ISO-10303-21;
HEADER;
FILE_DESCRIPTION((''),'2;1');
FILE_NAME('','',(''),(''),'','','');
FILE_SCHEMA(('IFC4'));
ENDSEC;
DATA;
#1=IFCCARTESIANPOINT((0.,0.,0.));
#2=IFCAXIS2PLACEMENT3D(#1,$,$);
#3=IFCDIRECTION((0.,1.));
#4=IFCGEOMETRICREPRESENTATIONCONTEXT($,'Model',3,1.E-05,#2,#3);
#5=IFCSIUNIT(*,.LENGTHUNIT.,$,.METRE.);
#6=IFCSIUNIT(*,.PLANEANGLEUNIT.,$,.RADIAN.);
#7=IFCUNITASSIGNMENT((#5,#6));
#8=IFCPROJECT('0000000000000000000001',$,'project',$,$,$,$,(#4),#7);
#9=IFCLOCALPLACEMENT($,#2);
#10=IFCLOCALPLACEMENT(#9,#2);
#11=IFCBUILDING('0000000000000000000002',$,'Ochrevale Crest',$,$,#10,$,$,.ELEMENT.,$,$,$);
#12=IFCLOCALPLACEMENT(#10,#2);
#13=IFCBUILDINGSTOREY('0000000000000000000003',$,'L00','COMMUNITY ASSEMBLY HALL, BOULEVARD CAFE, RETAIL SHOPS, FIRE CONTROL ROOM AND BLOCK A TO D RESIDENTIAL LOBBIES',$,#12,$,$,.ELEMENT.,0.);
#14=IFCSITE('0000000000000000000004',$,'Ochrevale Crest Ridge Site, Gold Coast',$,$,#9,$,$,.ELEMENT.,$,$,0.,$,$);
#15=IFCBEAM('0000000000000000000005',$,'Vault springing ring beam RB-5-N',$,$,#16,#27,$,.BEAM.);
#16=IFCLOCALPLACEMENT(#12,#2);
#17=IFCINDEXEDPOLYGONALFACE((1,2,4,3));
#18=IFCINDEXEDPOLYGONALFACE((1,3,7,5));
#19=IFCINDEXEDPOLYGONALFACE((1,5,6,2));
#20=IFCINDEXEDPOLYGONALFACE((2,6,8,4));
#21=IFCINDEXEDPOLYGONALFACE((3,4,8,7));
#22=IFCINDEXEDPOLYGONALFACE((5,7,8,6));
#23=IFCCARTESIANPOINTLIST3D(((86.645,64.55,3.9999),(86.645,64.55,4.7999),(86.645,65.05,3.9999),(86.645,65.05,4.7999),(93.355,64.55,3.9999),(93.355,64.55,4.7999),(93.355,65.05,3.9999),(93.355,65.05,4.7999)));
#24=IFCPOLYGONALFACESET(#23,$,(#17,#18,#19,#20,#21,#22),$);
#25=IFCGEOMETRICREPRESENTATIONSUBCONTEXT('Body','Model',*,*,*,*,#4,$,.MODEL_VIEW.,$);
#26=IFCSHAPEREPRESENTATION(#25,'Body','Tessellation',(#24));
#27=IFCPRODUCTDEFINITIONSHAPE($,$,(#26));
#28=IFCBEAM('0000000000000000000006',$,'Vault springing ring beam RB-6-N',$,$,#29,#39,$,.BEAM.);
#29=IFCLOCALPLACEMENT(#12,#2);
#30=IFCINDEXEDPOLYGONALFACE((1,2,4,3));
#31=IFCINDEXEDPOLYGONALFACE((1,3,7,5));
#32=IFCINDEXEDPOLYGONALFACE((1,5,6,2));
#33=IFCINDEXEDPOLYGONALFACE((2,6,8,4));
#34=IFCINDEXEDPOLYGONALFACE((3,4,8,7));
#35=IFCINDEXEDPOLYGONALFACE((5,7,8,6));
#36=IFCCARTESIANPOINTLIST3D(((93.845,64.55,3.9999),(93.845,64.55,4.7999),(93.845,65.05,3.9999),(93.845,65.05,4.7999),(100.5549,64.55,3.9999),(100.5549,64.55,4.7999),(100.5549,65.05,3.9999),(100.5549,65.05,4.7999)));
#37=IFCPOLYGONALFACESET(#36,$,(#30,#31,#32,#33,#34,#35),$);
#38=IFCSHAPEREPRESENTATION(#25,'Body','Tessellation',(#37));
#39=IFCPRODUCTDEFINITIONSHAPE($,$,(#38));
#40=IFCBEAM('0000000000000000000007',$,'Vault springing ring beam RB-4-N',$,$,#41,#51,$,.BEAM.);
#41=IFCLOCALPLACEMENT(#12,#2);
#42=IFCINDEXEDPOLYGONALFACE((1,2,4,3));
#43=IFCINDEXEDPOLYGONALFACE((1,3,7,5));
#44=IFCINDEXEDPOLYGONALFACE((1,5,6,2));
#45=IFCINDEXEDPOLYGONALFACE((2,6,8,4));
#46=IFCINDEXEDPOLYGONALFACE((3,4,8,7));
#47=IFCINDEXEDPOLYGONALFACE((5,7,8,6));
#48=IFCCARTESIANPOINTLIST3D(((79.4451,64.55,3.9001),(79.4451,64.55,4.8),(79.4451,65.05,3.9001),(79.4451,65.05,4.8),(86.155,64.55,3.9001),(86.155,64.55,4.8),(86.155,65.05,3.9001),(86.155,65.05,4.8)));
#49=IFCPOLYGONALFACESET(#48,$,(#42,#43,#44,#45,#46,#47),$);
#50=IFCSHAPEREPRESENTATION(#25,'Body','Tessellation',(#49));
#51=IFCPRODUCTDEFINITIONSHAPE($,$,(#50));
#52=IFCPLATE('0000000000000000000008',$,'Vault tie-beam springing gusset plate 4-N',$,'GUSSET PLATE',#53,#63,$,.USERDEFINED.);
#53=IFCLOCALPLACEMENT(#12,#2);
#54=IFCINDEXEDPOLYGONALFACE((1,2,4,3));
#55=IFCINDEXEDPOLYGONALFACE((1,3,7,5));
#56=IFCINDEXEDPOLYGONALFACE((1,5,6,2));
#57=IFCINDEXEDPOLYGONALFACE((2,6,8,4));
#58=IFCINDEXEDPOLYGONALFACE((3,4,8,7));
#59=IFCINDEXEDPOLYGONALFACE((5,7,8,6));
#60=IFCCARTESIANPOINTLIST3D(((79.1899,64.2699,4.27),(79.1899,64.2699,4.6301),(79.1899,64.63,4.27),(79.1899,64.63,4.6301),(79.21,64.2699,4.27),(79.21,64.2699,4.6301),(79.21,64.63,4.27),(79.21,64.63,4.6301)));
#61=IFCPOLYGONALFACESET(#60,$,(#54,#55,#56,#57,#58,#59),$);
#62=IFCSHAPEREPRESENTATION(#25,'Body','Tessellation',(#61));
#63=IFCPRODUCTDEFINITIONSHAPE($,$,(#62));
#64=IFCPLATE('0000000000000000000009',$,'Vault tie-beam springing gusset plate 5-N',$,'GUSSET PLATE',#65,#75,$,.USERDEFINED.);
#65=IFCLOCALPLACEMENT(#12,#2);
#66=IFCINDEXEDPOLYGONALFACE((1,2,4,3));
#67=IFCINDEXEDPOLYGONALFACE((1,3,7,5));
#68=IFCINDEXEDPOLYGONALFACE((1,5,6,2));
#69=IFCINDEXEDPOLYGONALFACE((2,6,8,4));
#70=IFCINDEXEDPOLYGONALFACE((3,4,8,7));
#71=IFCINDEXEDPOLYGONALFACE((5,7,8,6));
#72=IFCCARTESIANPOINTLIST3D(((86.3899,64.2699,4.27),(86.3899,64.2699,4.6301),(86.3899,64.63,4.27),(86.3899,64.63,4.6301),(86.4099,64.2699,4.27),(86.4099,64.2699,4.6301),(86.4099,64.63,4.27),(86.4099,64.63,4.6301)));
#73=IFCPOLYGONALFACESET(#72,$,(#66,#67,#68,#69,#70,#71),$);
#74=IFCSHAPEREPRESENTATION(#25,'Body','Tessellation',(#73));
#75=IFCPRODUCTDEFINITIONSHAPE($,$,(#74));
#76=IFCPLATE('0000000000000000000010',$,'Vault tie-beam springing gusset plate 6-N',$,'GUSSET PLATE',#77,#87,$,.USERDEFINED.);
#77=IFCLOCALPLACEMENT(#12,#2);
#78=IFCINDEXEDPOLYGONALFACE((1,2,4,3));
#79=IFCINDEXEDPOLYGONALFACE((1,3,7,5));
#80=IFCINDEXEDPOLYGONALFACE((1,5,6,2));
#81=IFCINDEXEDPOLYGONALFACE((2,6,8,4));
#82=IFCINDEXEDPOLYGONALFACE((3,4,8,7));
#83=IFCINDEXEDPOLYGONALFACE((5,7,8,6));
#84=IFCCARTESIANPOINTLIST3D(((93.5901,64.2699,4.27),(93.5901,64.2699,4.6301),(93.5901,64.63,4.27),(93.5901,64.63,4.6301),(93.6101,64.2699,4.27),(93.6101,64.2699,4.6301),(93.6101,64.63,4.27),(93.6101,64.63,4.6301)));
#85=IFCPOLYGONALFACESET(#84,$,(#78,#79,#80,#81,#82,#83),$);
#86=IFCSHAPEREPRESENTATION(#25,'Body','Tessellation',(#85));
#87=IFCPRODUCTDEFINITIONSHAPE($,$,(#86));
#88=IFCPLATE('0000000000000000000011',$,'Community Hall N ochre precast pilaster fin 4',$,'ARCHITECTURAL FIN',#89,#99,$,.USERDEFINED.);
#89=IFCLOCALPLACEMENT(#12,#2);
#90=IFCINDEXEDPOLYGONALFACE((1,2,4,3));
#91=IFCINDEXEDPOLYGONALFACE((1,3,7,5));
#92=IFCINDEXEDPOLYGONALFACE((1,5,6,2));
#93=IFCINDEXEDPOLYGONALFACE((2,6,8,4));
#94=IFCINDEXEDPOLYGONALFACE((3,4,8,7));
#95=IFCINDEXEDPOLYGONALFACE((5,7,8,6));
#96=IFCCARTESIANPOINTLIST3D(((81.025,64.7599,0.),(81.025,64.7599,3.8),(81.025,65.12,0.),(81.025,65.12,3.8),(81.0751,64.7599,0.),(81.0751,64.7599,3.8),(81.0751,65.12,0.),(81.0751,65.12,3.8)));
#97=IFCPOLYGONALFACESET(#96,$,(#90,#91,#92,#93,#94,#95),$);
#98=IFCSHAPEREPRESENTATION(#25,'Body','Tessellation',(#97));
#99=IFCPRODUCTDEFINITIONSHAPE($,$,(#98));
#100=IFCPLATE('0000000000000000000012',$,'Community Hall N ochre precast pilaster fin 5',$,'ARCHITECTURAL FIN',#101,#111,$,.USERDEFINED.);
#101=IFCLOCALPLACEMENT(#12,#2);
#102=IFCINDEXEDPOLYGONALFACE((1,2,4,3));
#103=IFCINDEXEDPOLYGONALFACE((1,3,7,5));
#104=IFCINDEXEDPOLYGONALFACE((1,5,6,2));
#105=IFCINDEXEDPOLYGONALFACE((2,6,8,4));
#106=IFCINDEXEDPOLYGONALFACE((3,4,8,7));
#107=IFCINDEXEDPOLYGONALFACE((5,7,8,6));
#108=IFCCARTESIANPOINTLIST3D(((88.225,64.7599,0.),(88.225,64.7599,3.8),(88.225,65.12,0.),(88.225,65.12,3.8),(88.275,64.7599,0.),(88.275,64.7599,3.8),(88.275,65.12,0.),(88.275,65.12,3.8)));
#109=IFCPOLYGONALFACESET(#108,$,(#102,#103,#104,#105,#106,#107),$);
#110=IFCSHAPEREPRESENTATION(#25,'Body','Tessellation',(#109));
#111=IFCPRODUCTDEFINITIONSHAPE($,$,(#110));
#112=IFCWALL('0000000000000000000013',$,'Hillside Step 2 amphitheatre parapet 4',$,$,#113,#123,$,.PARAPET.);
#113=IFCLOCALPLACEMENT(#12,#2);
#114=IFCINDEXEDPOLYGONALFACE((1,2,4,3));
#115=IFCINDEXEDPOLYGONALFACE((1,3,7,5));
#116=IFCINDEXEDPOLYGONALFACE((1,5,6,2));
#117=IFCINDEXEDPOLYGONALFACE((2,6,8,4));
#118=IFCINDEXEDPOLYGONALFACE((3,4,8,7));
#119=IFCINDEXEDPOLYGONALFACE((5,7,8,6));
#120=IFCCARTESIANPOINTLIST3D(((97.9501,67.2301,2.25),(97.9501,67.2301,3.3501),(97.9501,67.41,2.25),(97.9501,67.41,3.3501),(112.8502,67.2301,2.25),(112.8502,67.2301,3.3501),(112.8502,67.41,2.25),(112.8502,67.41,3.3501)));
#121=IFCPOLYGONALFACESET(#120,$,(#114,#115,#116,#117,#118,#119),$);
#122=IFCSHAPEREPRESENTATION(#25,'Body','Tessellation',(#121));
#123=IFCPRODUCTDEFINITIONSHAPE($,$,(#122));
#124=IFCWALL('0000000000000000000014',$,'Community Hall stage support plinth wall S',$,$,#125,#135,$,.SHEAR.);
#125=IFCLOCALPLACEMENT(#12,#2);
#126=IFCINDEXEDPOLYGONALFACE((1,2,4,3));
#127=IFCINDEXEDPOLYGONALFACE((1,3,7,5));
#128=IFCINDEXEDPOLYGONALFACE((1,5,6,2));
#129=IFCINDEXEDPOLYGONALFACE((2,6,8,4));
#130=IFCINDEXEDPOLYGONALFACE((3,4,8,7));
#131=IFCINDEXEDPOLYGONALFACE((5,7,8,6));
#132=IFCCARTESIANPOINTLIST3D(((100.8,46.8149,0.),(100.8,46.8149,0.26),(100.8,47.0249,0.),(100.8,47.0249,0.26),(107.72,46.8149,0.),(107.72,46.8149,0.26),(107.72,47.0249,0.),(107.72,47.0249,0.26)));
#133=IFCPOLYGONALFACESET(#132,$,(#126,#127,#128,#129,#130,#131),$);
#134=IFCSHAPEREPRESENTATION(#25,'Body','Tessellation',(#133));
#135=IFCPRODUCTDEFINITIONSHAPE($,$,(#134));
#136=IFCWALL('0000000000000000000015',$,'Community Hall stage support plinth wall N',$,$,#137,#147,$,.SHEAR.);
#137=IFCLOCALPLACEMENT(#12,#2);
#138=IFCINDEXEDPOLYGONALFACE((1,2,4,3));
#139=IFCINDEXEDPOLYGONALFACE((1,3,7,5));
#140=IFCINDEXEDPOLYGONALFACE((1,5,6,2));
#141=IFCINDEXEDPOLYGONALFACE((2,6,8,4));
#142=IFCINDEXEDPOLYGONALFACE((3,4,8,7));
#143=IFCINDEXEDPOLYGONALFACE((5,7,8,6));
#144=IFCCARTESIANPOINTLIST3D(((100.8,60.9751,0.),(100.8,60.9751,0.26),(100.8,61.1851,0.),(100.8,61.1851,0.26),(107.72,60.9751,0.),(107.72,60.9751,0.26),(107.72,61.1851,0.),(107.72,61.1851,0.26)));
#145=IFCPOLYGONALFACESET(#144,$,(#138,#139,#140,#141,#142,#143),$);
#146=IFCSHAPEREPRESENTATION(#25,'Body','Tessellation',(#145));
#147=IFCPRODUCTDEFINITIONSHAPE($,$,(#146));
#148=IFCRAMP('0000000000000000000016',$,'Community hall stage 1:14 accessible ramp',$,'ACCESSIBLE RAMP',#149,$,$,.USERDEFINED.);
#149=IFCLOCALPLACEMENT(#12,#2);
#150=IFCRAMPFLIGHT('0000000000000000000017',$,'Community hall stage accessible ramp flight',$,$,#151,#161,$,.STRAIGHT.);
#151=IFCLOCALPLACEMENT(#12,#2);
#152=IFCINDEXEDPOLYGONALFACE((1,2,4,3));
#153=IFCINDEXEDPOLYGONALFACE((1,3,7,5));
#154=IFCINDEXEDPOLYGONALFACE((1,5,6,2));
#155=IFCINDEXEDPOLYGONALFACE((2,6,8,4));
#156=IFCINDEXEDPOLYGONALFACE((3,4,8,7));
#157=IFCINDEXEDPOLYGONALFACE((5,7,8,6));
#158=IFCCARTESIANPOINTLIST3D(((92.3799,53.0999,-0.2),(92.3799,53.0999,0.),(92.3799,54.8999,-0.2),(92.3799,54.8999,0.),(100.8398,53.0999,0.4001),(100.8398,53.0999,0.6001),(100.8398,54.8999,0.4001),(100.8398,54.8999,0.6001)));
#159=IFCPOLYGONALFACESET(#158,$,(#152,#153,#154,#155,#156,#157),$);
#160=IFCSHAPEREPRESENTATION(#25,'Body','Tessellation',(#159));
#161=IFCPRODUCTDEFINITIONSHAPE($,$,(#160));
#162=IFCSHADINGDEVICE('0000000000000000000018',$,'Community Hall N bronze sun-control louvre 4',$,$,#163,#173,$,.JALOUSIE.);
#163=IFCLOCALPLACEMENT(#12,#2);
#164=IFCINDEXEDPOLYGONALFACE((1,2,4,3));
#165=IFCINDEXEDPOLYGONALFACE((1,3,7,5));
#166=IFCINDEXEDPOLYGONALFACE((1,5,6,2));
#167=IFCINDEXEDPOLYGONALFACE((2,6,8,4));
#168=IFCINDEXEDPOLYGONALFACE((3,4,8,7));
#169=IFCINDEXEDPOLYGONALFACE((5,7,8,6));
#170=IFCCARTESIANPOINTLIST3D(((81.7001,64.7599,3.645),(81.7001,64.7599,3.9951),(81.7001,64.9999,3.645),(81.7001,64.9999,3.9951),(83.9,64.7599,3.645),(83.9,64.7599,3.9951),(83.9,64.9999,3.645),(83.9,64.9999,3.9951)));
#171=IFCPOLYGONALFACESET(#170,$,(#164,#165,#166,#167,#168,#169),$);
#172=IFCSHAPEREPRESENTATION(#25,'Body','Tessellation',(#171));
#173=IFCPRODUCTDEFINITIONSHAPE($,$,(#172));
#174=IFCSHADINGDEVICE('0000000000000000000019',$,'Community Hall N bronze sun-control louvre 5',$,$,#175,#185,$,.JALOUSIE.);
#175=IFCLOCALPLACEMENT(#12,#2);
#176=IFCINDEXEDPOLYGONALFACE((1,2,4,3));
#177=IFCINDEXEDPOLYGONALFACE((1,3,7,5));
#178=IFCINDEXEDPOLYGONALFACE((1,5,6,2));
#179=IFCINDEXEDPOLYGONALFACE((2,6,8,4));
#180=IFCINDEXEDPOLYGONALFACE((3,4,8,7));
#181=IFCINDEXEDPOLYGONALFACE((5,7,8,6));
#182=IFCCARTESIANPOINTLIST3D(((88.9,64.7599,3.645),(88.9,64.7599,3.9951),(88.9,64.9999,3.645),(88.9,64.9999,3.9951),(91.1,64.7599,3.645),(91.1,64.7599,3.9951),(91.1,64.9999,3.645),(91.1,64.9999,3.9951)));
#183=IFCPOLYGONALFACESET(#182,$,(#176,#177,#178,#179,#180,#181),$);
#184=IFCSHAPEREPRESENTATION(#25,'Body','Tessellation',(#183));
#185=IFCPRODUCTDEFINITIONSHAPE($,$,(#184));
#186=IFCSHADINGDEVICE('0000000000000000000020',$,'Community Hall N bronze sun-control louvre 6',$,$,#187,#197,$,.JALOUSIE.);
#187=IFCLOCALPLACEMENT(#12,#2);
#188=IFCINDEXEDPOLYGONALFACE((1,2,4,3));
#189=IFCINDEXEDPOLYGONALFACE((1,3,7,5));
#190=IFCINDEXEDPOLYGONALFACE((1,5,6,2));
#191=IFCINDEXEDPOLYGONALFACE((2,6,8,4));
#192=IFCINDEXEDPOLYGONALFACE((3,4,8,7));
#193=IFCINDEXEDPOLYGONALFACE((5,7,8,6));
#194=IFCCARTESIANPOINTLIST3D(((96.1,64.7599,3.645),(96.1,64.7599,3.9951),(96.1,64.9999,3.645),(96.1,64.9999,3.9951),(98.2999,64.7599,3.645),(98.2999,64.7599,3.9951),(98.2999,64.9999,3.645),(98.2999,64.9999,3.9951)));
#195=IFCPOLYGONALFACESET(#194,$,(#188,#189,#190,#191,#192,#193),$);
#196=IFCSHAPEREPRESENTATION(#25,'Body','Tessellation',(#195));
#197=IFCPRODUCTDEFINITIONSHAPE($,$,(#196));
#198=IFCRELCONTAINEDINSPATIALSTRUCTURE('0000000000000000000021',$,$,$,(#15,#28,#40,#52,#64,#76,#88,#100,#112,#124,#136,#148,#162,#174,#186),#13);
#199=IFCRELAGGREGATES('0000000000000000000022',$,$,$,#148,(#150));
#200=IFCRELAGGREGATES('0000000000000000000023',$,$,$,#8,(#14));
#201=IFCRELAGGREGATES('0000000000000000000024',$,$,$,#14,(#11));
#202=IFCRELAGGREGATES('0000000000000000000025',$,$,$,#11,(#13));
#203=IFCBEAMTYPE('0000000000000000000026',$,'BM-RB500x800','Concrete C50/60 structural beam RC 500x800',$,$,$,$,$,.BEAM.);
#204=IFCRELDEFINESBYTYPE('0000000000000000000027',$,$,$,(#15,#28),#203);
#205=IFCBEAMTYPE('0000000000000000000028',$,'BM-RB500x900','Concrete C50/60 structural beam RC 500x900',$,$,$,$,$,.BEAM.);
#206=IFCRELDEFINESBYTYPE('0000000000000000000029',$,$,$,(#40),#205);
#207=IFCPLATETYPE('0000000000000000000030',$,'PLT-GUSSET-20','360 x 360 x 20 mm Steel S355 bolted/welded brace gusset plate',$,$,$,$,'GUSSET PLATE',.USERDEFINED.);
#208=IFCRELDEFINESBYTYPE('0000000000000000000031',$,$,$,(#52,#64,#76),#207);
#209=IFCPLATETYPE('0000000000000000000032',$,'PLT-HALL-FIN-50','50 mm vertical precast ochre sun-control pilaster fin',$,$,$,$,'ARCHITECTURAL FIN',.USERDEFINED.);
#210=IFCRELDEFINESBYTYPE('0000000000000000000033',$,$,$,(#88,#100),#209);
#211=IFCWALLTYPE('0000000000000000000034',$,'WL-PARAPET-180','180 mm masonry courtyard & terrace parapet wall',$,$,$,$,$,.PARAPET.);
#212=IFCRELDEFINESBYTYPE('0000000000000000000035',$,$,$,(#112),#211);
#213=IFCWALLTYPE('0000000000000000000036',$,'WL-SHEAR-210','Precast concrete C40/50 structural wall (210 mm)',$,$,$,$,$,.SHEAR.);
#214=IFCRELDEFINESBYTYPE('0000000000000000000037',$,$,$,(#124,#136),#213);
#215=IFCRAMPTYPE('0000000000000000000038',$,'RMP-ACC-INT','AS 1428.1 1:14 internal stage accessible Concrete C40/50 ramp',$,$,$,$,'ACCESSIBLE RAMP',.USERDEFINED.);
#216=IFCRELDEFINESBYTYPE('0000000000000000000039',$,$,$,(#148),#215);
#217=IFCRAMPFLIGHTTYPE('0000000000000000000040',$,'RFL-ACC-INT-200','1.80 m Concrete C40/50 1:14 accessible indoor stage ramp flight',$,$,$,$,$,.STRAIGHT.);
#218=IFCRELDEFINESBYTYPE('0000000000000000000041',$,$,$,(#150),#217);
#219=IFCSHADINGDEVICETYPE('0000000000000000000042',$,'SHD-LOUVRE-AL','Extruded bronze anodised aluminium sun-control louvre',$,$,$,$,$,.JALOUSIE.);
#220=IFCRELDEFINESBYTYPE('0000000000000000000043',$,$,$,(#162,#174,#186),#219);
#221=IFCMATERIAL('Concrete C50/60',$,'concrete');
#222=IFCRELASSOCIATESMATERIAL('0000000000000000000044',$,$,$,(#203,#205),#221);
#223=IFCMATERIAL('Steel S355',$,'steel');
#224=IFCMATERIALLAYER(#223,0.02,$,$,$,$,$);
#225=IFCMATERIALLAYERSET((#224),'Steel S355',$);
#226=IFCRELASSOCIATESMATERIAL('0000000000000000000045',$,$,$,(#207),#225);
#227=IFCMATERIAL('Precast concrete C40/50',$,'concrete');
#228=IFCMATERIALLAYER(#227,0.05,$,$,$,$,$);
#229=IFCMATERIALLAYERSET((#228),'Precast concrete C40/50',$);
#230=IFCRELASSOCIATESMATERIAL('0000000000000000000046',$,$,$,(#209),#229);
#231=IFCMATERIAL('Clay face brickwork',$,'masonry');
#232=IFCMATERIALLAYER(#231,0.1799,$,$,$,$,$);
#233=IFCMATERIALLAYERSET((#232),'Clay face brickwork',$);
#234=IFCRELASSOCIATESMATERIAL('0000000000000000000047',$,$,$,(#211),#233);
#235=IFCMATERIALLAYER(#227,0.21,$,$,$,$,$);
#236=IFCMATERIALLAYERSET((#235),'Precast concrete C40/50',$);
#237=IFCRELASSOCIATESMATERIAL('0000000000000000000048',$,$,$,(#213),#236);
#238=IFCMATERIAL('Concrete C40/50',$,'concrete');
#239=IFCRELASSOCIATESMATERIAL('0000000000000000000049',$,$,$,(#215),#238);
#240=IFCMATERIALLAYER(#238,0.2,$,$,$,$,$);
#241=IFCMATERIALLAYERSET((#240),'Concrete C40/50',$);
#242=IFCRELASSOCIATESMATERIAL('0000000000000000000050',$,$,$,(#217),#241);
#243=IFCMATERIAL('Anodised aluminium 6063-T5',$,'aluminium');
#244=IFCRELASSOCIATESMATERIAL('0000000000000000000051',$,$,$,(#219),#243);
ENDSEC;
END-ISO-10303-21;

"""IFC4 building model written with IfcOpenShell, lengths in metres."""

from ifc_helpers import new_model, si_unit, direction, frame, frame_2d, origin, origin_2d, place, context, subcontext, project, spatial, polyline, rectangle, outline, extrude, material, layer, layer_set, material_profile, profile_set, type_object, element, aggregate, save


model = new_model("IFC4")

# Units and contexts
model_context = context("Model", 3, precision=1e-05, world=origin(), true_north=direction((0.0, 1.0)))
body_context = subcontext(model_context, "Body", "Model", "MODEL_VIEW")
ifc_project = project(units=[si_unit("LENGTHUNIT", "METRE"), si_unit("PLANEANGLEUNIT", "RADIAN")], contexts=[model_context])

# Site, building, storey
site_placement = place(None, origin())
site = spatial("IfcSite", under=ifc_project, at=site_placement, Name="Ochrevale Crest Ridge Site, Gold Coast", CompositionType="ELEMENT", RefElevation=0.0)
building_placement = place(site_placement, origin())
building = spatial("IfcBuilding", under=site, at=building_placement, Name="Ochrevale Crest", CompositionType="ELEMENT")
storey_placement = place(building_placement, origin())
storey = spatial("IfcBuildingStorey", under=building, at=storey_placement, Name="L00", Description="COMMUNITY ASSEMBLY HALL, BOULEVARD CAFE, RETAIL SHOPS, FIRE CONTROL ROOM AND BLOCK A TO D RESIDENTIAL LOBBIES", CompositionType="ELEMENT", Elevation=0.0)

# Shared definitions
ifc_material_1 = material(Name="Precast concrete C40/50", Category="concrete")
ifc_material_2 = material(Name="Steel S355", Category="steel")

# Beams
ifc_material_3 = material(Name="Concrete C50/60", Category="concrete")
ifc_material_profile_1 = material_profile(ifc_material_3, rectangle(XDim=0.5, YDim=0.8, at=origin_2d()), Name="RC 500x800")
ifc_profile_set_1 = profile_set([ifc_material_profile_1], Name="Concrete C50/60")
beam_type_1 = type_object("IfcBeamType", Name="BM-RB500x800", Description="Concrete C50/60 structural beam RC 500x800", PredefinedType="BEAM", material=ifc_profile_set_1)
for number, where, z_axis, x_axis, name in (
    (1, (86.645, 64.8, 4.3999), (1.0, 0.0, 0.0), (0.0, 1.0, 0.0), "Vault springing ring beam RB-5-N"),
    (2, (93.845, 64.8, 4.3999), (1.0, 0.0, 0.0), (0.0, 1.0, 0.0), "Vault springing ring beam RB-6-N"),
):
    element("IfcBeam", number, at=place(storey_placement, frame(where, z_axis=z_axis, x_axis=x_axis)), inside=storey, type_object=beam_type_1, Name=name, PredefinedType="BEAM", context=body_context, shape_type="SweptSolid", body=[
        extrude(rectangle(XDim=0.5, YDim=0.8, at=origin_2d()), origin(), (0.0, 0.0, 1.0), 6.71),
    ])
ifc_material_profile_2 = material_profile(ifc_material_3, rectangle(XDim=0.5, YDim=0.8999, at=origin_2d()), Name="RC 500x900")
ifc_profile_set_2 = profile_set([ifc_material_profile_2], Name="Concrete C50/60")
beam_type_2 = type_object("IfcBeamType", Name="BM-RB500x900", Description="Concrete C50/60 structural beam RC 500x900", PredefinedType="BEAM", material=ifc_profile_set_2)
beam_placement = place(storey_placement, frame((79.4451, 64.8, 4.3501), z_axis=(1.0, 0.0, 0.0), x_axis=(0.0, 1.0, 0.0)))
element("IfcBeam", 3, at=beam_placement, inside=storey, type_object=beam_type_2, Name="Vault springing ring beam RB-4-N", PredefinedType="BEAM", context=body_context, shape_type="SweptSolid", body=[
    extrude(rectangle(XDim=0.5, YDim=0.8999, at=origin_2d()), origin(), (0.0, 0.0, 1.0), 6.71),
])

# Plates
ifc_layer_1 = layer(ifc_material_2, 0.02)
ifc_layer_set_1 = layer_set([ifc_layer_1], Name="Steel S355")
plate_type_1 = type_object("IfcPlateType", Name="PLT-GUSSET-20", Description="360 x 360 x 20 mm Steel S355 bolted/welded brace gusset plate", ElementType="GUSSET PLATE", PredefinedType="USERDEFINED", material=ifc_layer_set_1)
for number, where, z_axis, x_axis, name in (
    (4, (79.2, 64.45, 4.27), (0.0, 0.0, 1.0), (1.0, 0.0, 0.0), "Vault tie-beam springing gusset plate 4-N"),
    (5, (86.3999, 64.45, 4.27), (0.0, 0.0, 1.0), (1.0, 0.0, 0.0), "Vault tie-beam springing gusset plate 5-N"),
    (6, (93.6001, 64.45, 4.27), (0.0, 0.0, 1.0), (1.0, 0.0, 0.0), "Vault tie-beam springing gusset plate 6-N"),
):
    element("IfcPlate", number, at=place(storey_placement, frame(where, z_axis=z_axis, x_axis=x_axis)), inside=storey, type_object=plate_type_1, Name=name, ObjectType="GUSSET PLATE", PredefinedType="USERDEFINED", context=body_context, shape_type="SweptSolid", body=[
        extrude(rectangle(XDim=0.02, YDim=0.3601, at=origin_2d()), origin(), (0.0, 0.0, 1.0), 0.3601),
    ])
ifc_layer_2 = layer(ifc_material_1, 0.05)
ifc_layer_set_2 = layer_set([ifc_layer_2], Name="Precast concrete C40/50")
plate_type_2 = type_object("IfcPlateType", Name="PLT-HALL-FIN-50", Description="50 mm vertical precast ochre sun-control pilaster fin", ElementType="ARCHITECTURAL FIN", PredefinedType="USERDEFINED", material=ifc_layer_set_2)
for number, where, z_axis, x_axis, name in (
    (7, (81.05, 64.9399, 0.0), (0.0, 0.0, 1.0), (1.0, 0.0, 0.0), "Community Hall N ochre precast pilaster fin 4"),
    (8, (88.25, 64.9399, 0.0), (0.0, 0.0, 1.0), (1.0, 0.0, 0.0), "Community Hall N ochre precast pilaster fin 5"),
):
    element("IfcPlate", number, at=place(storey_placement, frame(where, z_axis=z_axis, x_axis=x_axis)), inside=storey, type_object=plate_type_2, Name=name, ObjectType="ARCHITECTURAL FIN", PredefinedType="USERDEFINED", context=body_context, shape_type="SweptSolid", body=[
        extrude(rectangle(XDim=0.05, YDim=0.3601, at=origin_2d()), origin(), (0.0, 0.0, 1.0), 3.8),
    ])

# Walls
ifc_material_4 = material(Name="Clay face brickwork", Category="masonry")
ifc_layer_3 = layer(ifc_material_4, 0.1799)
ifc_layer_set_3 = layer_set([ifc_layer_3], Name="Clay face brickwork")
wall_type_1 = type_object("IfcWallType", Name="WL-PARAPET-180", Description="180 mm masonry courtyard & terrace parapet wall", PredefinedType="PARAPET", material=ifc_layer_set_3)
wall_placement = place(storey_placement, frame((97.95, 67.3201, 2.25), z_axis=(0.0, 0.0, 1.0), x_axis=(1.0, 0.0, 0.0)))
element("IfcWall", 9, at=wall_placement, inside=storey, type_object=wall_type_1, Name="Hillside Step 2 amphitheatre parapet 4", PredefinedType="PARAPET", context=body_context, shape_type="SweptSolid", body=[
    extrude(rectangle(XDim=14.9001, YDim=0.1799, at=frame_2d((7.4502, 0.0))), origin(), (0.0, 0.0, 1.0), 1.1001),
])
ifc_layer_4 = layer(ifc_material_1, 0.21)
ifc_layer_set_4 = layer_set([ifc_layer_4], Name="Precast concrete C40/50")
wall_type_2 = type_object("IfcWallType", Name="WL-SHEAR-210", Description="Precast concrete C40/50 structural wall (210 mm)", PredefinedType="SHEAR", material=ifc_layer_set_4)
for number, where, z_axis, x_axis, name in (
    (10, (100.8, 46.9199, 0.0), (0.0, 0.0, 1.0), (1.0, 0.0, 0.0), "Community Hall stage support plinth wall S"),
    (11, (100.8, 61.0801, 0.0), (0.0, 0.0, 1.0), (1.0, 0.0, 0.0), "Community Hall stage support plinth wall N"),
):
    element("IfcWall", number, at=place(storey_placement, frame(where, z_axis=z_axis, x_axis=x_axis)), inside=storey, type_object=wall_type_2, Name=name, PredefinedType="SHEAR", context=body_context, shape_type="SweptSolid", body=[
        extrude(rectangle(XDim=6.9199, YDim=0.21, at=frame_2d((3.46, 0.0))), origin(), (0.0, 0.0, 1.0), 0.26),
    ])

# Ramp, ramp flight
ifc_material_5 = material(Name="Concrete C40/50", Category="concrete")
ramp_type = type_object("IfcRampType", Name="RMP-ACC-INT", Description="AS 1428.1 1:14 internal stage accessible Concrete C40/50 ramp", ElementType="ACCESSIBLE RAMP", PredefinedType="USERDEFINED", material=ifc_material_5)
ramp_placement = place(storey_placement, origin())
ramp = element("IfcRamp", 12, at=ramp_placement, inside=storey, type_object=ramp_type, Name="Community hall stage 1:14 accessible ramp", ObjectType="ACCESSIBLE RAMP", PredefinedType="USERDEFINED")
ifc_layer_5 = layer(ifc_material_5, 0.2)
ifc_layer_set_5 = layer_set([ifc_layer_5], Name="Concrete C40/50")
ramp_flight_type = type_object("IfcRampFlightType", Name="RFL-ACC-INT-200", Description="1.80 m Concrete C40/50 1:14 accessible indoor stage ramp flight", PredefinedType="STRAIGHT", material=ifc_layer_set_5)
ramp_flight_placement = place(storey_placement, frame((92.3799, 54.0, 0.0), z_axis=(0.0, 0.0, 1.0), x_axis=(1.0, 0.0, 0.0)))
ramp_flight = element("IfcRampFlight", 13, at=ramp_flight_placement, type_object=ramp_flight_type, Name="Community hall stage accessible ramp flight", PredefinedType="STRAIGHT", context=body_context, shape_type="SweptSolid", body=[
    extrude(outline(polyline([(0.0, -0.2), (8.46, 0.4001), (8.46, 0.6001), (0.0, 0.0), (0.0, -0.2)])), frame((0.0, 0.8999, 0.0), z_axis=(0.0, -1.0, 0.0), x_axis=(1.0, 0.0, 0.0)), (0.0, 0.0, 1.0), 1.8),
])
aggregate(ramp, [ramp_flight])

# Shading devices
ifc_material_6 = material(Name="Anodised aluminium 6063-T5", Category="aluminium")
shading_device_type = type_object("IfcShadingDeviceType", Name="SHD-LOUVRE-AL", Description="Extruded bronze anodised aluminium sun-control louvre", PredefinedType="JALOUSIE", material=ifc_material_6)
for number, where, z_axis, x_axis, name in (
    (14, (82.8, 64.8799, 3.645), (0.0, 0.0, 1.0), (1.0, 0.0, 0.0), "Community Hall N bronze sun-control louvre 4"),
    (15, (90.0, 64.8799, 3.645), (0.0, 0.0, 1.0), (1.0, 0.0, 0.0), "Community Hall N bronze sun-control louvre 5"),
    (16, (97.2, 64.8799, 3.645), (0.0, 0.0, 1.0), (1.0, 0.0, 0.0), "Community Hall N bronze sun-control louvre 6"),
):
    element("IfcShadingDevice", number, at=place(storey_placement, frame(where, z_axis=z_axis, x_axis=x_axis)), inside=storey, type_object=shading_device_type, Name=name, PredefinedType="JALOUSIE", context=body_context, shape_type="SweptSolid", body=[
        extrude(rectangle(XDim=2.2, YDim=0.24, at=origin_2d()), origin(), (0.0, 0.0, 1.0), 0.3501),
    ])

save(model, "model.ifc")
